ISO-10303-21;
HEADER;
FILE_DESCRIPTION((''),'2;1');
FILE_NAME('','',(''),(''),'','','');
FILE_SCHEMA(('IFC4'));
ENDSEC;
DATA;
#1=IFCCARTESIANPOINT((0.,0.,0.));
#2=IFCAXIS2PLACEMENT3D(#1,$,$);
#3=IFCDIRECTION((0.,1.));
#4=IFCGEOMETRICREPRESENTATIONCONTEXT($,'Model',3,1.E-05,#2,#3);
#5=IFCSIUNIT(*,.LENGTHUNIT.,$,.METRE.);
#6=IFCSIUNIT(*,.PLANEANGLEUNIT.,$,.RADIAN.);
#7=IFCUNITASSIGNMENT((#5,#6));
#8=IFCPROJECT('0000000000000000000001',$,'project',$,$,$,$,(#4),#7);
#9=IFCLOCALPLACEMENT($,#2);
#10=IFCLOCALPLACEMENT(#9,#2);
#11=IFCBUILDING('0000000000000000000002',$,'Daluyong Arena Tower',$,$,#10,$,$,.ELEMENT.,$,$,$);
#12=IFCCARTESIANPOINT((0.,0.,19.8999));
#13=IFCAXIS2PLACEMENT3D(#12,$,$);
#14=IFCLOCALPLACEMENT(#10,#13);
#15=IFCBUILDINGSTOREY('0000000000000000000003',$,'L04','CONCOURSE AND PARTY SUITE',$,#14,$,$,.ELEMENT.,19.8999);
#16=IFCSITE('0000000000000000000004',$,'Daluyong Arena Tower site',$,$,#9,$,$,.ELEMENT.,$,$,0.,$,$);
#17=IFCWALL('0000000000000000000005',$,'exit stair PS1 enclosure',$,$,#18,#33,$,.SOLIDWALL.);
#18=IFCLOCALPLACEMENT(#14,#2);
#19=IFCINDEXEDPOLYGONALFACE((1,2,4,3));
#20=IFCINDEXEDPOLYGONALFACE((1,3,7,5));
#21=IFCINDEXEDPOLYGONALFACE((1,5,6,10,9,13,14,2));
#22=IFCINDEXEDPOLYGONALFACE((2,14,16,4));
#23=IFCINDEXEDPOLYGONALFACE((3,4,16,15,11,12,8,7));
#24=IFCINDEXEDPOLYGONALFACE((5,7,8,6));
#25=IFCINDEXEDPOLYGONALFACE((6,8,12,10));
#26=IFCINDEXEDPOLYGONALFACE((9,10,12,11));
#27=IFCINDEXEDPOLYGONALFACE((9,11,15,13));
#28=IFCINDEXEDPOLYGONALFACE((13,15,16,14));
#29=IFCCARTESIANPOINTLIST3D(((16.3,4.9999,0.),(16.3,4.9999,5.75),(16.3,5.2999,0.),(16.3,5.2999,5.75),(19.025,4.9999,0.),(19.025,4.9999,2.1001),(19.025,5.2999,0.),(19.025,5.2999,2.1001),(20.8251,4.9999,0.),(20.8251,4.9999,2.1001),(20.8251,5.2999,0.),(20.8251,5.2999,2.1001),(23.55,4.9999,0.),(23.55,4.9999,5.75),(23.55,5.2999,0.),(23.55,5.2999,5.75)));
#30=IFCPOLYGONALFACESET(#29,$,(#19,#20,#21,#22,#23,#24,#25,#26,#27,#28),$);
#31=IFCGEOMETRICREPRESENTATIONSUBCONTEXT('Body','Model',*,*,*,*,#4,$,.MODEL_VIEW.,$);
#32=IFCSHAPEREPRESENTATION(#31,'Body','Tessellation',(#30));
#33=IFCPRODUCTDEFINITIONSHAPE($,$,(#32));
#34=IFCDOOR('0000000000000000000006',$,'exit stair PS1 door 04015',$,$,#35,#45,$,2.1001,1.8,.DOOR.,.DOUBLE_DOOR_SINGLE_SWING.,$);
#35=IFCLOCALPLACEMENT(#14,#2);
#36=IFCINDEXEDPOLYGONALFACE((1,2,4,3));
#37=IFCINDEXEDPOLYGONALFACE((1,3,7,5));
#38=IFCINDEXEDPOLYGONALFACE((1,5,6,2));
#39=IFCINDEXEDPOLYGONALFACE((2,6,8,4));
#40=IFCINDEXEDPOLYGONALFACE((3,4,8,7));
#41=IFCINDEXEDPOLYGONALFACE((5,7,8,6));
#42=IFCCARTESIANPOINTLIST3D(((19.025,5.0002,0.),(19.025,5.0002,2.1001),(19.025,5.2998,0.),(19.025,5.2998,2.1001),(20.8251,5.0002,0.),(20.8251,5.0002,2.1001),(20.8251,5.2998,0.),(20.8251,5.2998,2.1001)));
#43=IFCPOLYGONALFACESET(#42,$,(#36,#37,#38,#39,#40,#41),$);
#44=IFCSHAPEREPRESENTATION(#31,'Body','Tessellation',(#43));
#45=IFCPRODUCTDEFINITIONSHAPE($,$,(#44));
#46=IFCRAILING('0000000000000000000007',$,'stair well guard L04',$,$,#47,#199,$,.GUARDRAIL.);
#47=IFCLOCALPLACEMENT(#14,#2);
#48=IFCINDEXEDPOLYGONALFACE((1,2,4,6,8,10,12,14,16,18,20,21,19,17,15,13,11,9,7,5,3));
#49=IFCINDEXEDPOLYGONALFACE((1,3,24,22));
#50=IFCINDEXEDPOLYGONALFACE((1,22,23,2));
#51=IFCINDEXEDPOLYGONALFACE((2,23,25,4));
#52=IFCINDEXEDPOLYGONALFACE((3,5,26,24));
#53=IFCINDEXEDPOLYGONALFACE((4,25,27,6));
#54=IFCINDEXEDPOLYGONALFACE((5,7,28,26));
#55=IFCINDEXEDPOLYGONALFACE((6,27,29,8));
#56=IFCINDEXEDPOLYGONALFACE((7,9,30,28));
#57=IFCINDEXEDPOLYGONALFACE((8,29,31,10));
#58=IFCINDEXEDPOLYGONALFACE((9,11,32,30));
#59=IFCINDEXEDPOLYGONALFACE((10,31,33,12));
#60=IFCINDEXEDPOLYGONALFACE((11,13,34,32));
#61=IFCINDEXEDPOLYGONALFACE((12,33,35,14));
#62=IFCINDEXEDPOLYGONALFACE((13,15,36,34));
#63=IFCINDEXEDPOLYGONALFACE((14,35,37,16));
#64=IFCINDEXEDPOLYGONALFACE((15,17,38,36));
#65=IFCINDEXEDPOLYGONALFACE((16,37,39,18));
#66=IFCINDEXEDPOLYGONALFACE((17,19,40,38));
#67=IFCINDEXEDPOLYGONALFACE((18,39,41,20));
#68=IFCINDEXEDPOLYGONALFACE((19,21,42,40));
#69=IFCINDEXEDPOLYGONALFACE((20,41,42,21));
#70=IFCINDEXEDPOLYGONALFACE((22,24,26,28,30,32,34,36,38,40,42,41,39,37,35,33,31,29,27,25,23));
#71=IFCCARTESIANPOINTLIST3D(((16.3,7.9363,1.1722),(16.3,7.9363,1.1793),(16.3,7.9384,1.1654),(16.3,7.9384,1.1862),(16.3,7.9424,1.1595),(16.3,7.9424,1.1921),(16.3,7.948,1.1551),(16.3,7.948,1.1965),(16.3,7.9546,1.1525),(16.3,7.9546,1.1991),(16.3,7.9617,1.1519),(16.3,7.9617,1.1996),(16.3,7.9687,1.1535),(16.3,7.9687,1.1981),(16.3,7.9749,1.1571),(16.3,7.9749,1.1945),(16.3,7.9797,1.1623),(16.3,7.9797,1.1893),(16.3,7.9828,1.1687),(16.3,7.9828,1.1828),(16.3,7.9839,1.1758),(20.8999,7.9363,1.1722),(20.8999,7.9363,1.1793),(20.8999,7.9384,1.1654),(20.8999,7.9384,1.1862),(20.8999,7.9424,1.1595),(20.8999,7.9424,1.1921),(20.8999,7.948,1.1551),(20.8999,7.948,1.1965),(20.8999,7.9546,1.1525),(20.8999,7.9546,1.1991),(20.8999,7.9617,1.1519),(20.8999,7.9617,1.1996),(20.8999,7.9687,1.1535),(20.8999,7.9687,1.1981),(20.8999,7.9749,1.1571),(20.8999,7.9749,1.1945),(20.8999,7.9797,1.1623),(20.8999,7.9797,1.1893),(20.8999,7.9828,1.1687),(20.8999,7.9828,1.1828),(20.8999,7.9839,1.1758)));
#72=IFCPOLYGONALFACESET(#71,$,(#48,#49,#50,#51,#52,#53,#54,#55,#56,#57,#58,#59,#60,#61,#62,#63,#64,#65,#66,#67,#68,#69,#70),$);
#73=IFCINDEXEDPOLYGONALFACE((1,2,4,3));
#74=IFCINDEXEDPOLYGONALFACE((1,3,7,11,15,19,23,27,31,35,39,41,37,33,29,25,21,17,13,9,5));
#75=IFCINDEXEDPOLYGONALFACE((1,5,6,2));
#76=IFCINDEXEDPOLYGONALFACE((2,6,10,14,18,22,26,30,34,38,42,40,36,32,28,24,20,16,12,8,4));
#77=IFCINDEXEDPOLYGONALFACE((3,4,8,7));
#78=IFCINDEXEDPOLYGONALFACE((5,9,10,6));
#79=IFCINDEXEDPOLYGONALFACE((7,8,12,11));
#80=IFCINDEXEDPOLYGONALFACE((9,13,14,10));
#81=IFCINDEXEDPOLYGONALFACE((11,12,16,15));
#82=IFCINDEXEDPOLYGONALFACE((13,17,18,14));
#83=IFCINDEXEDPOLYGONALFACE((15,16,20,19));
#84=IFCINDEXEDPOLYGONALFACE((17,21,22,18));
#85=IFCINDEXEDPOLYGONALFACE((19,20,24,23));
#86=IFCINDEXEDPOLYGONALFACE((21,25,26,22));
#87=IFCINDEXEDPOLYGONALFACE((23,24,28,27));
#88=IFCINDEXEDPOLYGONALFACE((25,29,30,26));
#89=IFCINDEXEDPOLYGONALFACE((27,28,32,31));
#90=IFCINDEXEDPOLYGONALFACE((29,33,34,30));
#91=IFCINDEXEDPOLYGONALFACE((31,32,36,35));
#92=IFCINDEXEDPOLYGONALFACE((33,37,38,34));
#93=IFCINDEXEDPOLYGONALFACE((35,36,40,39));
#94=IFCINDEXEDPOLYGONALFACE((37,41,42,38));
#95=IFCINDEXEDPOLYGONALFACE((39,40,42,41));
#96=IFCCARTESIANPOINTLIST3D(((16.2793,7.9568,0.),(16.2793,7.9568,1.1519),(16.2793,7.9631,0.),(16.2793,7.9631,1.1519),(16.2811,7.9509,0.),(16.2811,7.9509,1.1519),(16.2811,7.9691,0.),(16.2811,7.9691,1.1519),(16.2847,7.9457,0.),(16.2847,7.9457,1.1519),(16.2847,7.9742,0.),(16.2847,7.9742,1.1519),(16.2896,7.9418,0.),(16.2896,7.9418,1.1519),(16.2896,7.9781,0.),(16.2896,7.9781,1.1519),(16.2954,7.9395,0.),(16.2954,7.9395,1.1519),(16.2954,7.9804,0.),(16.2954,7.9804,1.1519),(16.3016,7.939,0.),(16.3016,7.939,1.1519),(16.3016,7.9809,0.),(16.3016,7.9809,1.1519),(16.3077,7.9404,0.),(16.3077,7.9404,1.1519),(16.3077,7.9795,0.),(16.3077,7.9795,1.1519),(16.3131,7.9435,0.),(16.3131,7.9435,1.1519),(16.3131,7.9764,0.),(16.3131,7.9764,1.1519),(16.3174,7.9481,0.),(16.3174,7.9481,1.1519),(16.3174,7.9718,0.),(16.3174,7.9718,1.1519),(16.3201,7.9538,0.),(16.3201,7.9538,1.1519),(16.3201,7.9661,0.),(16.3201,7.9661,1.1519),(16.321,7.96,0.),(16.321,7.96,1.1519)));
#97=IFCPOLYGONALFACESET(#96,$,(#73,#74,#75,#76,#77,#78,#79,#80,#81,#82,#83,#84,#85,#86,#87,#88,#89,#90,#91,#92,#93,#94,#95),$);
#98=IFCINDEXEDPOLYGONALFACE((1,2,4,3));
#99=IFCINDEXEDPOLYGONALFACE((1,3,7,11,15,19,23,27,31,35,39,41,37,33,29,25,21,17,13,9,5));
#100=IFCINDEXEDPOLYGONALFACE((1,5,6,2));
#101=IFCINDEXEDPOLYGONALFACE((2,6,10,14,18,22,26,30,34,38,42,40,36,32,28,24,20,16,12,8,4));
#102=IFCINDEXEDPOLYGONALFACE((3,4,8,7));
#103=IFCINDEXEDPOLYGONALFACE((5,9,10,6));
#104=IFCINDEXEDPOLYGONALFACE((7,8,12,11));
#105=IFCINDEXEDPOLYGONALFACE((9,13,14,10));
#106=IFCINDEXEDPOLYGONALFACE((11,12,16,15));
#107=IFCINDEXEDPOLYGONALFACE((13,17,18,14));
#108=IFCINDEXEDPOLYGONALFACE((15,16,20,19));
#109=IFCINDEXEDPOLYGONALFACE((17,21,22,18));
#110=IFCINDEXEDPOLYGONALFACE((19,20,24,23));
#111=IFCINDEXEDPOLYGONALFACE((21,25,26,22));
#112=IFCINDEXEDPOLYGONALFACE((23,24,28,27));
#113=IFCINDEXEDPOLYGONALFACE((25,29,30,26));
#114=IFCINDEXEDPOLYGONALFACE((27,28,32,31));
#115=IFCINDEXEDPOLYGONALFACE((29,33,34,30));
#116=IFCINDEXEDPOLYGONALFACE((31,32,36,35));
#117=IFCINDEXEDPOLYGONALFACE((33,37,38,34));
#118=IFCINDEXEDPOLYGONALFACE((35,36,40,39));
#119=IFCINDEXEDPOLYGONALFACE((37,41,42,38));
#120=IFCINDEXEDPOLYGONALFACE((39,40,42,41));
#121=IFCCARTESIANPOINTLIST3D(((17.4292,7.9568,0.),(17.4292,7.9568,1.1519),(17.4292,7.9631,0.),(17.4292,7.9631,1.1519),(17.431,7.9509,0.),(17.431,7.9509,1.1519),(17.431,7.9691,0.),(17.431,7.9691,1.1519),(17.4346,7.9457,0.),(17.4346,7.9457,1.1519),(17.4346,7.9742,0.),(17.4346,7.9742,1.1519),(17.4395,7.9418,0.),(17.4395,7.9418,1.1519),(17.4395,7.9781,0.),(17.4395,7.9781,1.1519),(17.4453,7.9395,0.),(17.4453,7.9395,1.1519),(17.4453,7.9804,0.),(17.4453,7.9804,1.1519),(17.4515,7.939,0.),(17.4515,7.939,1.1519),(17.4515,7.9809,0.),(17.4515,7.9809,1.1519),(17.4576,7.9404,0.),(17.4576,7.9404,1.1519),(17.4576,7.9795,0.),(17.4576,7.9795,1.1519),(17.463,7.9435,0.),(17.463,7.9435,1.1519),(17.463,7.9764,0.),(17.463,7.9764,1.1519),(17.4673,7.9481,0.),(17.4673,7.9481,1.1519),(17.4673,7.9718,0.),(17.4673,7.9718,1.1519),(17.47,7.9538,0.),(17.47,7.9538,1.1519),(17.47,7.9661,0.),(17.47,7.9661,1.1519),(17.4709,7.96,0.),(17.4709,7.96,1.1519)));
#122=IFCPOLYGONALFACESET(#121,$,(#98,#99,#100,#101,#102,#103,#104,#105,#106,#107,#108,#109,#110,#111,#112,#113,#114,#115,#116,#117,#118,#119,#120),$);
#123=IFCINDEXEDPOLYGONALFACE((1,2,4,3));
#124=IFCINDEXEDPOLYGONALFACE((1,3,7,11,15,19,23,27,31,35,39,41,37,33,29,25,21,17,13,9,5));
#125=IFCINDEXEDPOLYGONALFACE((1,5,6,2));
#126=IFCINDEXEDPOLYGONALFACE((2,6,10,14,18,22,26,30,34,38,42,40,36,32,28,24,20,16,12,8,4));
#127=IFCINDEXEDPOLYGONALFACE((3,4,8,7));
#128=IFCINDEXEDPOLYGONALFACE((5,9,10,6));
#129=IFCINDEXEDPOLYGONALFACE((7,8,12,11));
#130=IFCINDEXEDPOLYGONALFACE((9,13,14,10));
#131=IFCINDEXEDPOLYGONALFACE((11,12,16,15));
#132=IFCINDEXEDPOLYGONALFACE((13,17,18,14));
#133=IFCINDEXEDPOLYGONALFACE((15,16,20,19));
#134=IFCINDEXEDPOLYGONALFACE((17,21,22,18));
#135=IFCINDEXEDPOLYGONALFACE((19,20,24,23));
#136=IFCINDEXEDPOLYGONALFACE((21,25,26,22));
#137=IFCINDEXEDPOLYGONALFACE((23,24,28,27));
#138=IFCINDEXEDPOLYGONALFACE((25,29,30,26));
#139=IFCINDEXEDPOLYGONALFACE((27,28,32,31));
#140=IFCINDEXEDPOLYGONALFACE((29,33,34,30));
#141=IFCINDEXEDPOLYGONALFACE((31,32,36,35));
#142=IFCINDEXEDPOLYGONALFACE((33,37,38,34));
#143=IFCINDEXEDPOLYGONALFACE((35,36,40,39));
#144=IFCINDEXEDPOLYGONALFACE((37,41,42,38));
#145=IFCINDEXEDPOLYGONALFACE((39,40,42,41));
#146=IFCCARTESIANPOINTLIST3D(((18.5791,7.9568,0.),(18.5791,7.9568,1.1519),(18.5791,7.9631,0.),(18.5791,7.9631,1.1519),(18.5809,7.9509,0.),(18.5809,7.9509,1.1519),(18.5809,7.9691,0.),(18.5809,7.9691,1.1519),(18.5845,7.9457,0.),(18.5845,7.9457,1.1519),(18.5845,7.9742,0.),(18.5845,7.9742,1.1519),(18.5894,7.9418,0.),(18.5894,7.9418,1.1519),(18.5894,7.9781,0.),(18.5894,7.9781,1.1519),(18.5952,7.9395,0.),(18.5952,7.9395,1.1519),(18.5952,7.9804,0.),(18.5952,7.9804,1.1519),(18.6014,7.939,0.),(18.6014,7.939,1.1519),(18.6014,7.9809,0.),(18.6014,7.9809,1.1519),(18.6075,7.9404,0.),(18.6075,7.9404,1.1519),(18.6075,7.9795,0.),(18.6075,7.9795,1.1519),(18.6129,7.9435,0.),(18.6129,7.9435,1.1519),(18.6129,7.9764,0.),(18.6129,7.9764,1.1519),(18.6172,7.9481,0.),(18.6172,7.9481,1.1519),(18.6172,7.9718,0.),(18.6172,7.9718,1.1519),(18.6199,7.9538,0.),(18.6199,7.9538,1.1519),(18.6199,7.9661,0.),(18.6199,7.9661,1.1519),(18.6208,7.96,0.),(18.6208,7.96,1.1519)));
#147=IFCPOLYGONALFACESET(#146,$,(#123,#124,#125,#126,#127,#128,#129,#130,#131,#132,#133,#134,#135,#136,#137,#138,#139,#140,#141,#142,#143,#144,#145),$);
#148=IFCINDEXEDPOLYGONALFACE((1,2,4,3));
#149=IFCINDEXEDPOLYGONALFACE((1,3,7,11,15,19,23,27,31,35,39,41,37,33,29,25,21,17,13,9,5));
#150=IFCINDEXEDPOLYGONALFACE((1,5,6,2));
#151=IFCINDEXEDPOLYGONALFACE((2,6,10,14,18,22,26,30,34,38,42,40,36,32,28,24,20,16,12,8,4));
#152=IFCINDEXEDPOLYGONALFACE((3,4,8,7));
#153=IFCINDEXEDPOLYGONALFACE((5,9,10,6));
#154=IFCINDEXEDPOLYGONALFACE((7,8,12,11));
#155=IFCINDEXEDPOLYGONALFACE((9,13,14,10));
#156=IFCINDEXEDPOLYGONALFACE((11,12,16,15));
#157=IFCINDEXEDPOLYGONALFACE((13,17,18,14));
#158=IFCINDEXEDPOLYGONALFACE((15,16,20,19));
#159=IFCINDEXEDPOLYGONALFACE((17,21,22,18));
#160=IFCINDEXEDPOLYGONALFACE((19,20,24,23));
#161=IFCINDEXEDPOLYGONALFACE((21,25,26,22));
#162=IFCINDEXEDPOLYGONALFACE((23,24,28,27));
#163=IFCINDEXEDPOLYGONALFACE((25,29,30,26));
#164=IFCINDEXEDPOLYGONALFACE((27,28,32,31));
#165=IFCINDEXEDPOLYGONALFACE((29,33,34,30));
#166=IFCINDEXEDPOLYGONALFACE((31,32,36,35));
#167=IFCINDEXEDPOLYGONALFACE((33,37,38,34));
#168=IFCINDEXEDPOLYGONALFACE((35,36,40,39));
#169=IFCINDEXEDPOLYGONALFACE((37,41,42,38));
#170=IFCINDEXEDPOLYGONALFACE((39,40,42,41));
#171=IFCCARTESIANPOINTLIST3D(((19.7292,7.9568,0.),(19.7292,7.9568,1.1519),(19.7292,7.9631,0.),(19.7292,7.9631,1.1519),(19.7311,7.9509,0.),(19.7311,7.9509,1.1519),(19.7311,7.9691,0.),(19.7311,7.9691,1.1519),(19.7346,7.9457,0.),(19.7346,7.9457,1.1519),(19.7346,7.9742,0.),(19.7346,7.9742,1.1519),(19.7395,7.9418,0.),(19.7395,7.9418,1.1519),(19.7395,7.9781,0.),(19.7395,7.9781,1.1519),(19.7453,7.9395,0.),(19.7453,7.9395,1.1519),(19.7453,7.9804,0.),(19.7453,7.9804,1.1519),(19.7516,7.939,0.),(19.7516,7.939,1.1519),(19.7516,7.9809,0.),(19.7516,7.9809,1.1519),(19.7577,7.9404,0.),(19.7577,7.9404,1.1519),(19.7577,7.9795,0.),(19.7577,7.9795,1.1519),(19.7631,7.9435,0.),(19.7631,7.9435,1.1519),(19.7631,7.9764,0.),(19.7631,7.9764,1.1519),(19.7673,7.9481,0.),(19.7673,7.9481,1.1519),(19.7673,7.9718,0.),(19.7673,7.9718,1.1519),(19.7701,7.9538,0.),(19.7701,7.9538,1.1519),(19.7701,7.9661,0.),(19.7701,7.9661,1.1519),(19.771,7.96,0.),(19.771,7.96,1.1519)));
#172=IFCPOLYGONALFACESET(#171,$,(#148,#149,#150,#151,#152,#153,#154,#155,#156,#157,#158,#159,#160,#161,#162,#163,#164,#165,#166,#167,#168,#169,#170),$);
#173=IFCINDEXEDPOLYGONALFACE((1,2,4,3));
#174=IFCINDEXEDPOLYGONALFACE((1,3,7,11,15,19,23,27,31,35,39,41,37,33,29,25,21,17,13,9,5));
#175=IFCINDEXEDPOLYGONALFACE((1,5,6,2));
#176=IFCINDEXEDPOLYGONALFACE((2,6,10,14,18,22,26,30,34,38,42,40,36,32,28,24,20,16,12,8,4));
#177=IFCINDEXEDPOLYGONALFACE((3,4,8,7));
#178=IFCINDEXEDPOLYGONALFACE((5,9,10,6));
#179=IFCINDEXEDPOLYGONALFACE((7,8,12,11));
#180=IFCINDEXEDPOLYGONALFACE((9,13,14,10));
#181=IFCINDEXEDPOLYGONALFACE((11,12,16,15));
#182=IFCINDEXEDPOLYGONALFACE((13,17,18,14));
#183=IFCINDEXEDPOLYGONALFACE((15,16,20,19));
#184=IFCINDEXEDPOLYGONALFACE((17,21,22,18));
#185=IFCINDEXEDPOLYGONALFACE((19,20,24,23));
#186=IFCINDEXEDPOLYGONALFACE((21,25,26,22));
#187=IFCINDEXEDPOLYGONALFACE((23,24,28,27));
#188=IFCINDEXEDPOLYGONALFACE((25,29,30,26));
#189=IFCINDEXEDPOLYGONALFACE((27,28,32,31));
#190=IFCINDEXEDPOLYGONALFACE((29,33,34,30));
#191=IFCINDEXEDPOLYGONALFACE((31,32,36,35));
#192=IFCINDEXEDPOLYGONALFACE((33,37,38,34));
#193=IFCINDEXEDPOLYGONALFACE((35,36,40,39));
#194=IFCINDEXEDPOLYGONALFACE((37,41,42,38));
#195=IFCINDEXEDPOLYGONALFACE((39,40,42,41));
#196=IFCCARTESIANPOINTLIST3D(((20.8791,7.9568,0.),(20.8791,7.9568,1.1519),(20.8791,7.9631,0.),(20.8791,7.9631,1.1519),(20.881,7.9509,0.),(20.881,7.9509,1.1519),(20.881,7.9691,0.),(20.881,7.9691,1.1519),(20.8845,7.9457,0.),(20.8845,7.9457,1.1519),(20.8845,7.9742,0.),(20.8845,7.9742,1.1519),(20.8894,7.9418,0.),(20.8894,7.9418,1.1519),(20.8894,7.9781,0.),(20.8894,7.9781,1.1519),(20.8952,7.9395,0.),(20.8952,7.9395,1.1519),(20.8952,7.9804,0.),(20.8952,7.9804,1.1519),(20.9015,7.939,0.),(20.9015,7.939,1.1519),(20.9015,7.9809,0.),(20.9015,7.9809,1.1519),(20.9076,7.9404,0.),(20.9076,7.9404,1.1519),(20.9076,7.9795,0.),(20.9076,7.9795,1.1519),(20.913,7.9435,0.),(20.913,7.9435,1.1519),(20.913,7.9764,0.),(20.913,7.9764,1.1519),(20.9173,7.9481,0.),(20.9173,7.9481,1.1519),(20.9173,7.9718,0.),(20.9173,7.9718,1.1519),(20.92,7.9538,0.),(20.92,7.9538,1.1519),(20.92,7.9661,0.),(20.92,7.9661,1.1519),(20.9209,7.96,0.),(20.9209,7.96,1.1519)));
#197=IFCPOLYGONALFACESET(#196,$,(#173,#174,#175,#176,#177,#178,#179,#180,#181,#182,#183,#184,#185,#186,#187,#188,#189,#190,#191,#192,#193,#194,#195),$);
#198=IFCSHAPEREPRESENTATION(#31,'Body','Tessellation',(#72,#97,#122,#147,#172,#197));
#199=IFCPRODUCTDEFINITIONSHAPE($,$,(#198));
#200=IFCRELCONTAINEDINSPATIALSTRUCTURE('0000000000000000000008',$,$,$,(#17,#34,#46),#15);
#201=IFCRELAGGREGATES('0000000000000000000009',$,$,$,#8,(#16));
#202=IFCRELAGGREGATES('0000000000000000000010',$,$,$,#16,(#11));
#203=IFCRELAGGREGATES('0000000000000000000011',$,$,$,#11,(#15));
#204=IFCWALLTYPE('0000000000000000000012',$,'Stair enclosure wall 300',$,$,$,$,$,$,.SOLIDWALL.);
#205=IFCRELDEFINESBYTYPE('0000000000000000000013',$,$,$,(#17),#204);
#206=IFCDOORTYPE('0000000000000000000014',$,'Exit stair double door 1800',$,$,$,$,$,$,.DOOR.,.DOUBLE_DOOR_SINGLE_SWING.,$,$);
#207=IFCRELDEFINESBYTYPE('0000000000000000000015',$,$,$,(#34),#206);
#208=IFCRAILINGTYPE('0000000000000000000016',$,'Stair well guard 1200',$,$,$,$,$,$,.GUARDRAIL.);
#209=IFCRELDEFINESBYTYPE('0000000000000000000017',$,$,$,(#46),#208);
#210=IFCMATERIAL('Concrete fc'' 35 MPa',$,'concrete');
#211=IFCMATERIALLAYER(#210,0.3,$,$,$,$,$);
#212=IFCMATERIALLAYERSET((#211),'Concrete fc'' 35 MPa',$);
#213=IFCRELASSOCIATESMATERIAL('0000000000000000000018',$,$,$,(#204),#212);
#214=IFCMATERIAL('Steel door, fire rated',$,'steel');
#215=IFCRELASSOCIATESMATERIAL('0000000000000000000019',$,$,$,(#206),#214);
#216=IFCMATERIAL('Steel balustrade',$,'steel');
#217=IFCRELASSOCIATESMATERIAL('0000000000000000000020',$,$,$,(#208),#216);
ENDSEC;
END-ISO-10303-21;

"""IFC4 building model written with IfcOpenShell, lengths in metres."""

from ifc_helpers import new_model, si_unit, direction, frame, frame_2d, origin, origin_2d, place, context, subcontext, project, spatial, rectangle, circle, extrude, material, layer, layer_set, type_object, element, fill, save


model = new_model("IFC4")

# Units and contexts
model_context = context("Model", 3, precision=1e-05, world=origin(), true_north=direction((0.0, 1.0)))
body_context = subcontext(model_context, "Body", "Model", "MODEL_VIEW")
ifc_project = project(units=[si_unit("LENGTHUNIT", "METRE"), si_unit("PLANEANGLEUNIT", "RADIAN")], contexts=[model_context])

# Site, building, storey
site_placement = place(None, origin())
site = spatial("IfcSite", under=ifc_project, at=site_placement, Name="Daluyong Arena Tower site", CompositionType="ELEMENT", RefElevation=0.0)
building_placement = place(site_placement, origin())
building = spatial("IfcBuilding", under=site, at=building_placement, Name="Daluyong Arena Tower", CompositionType="ELEMENT")
storey_placement = place(building_placement, frame((0.0, 0.0, 19.8999)))
storey = spatial("IfcBuildingStorey", under=building, at=storey_placement, Name="L04", Description="CONCOURSE AND PARTY SUITE", CompositionType="ELEMENT", Elevation=19.8999)

# Shared definitions
ifc_material_1 = material(Name="Concrete fc' 35 MPa", Category="concrete")
ifc_layer_1 = layer(ifc_material_1, 0.3)
ifc_layer_set_1 = layer_set([ifc_layer_1], Name="Concrete fc' 35 MPa")
wall_type_1 = type_object("IfcWallType", Name="Stair enclosure wall 300", PredefinedType="SOLIDWALL", material=ifc_layer_set_1)

# Wall, opening, door
wall_1_placement = place(storey_placement, frame((16.3, 5.1499, 0.0), z_axis=(0.0, 0.0, 1.0), x_axis=(1.0, 0.0, 0.0)))
wall_1 = element("IfcWall", 1, at=wall_1_placement, inside=storey, type_object=wall_type_1, Name="exit stair PS1 enclosure", PredefinedType="SOLIDWALL", context=body_context, shape_type="SweptSolid", body=[
    extrude(rectangle(XDim=7.25, YDim=0.3, at=frame_2d((3.625, 0.0))), origin(), (0.0, 0.0, 1.0), 5.75),
])
opening_1_placement = place(wall_1_placement, frame((2.7251, 0.0, 0.0)))
opening_1 = element("IfcOpeningElement", 2, at=opening_1_placement, cuts=wall_1, PredefinedType="OPENING", context=body_context, shape_type="SweptSolid", body=[
    extrude(rectangle(XDim=1.8, YDim=2.1001, at=frame_2d((0.8999, 1.05))), frame((0.0, 0.1599, 0.0), z_axis=(0.0, -1.0, 0.0), x_axis=(1.0, 0.0, 0.0)), (0.0, 0.0, 1.0), 0.3201),
])
ifc_material_2 = material(Name="Steel door, fire rated", Category="steel")
door_type_1 = type_object("IfcDoorType", Name="Exit stair double door 1800", OperationType="DOUBLE_DOOR_SINGLE_SWING", PredefinedType="DOOR", material=ifc_material_2)
door_1_placement = place(opening_1_placement, origin())
door_1 = element("IfcDoor", 3, at=door_1_placement, inside=storey, type_object=door_type_1, Name="exit stair PS1 door 04015", OperationType="DOUBLE_DOOR_SINGLE_SWING", OverallHeight=2.1001, OverallWidth=1.8, PredefinedType="DOOR", context=body_context, shape_type="SweptSolid", body=[
    extrude(rectangle(XDim=1.8, YDim=2.1001, at=frame_2d((0.8999, 1.05))), frame((0.0, 0.1499, 0.0), z_axis=(0.0, -1.0, 0.0), x_axis=(1.0, 0.0, 0.0)), (0.0, 0.0, 1.0), 0.2996),
])
fill(opening_1, door_1)

# Railing
ifc_material_3 = material(Name="Steel balustrade", Category="steel")
railing_type = type_object("IfcRailingType", Name="Stair well guard 1200", PredefinedType="GUARDRAIL", material=ifc_material_3)
railing_placement = place(storey_placement, frame((16.3, 7.96, 0.0)))
element("IfcRailing", 4, at=railing_placement, inside=storey, type_object=railing_type, Name="stair well guard L04", PredefinedType="GUARDRAIL", context=body_context, shape_type="SweptSolid", body=[
    extrude(circle(Radius=0.0239, at=origin_2d()), frame((0.0, 0.0, 1.1758), z_axis=(1.0, 0.0, 0.0), x_axis=(0.0, 1.0, 0.0)), (0.0, 0.0, 1.0), 4.5999),
    extrude(circle(Radius=0.021, at=origin_2d()), origin(), (0.0, 0.0, 1.0), 1.1519),
    extrude(circle(Radius=0.021, at=origin_2d()), frame((1.1499, 0.0, 0.0)), (0.0, 0.0, 1.0), 1.1519),
    extrude(circle(Radius=0.021, at=origin_2d()), frame((2.2998, 0.0, 0.0)), (0.0, 0.0, 1.0), 1.1519),
    extrude(circle(Radius=0.021, at=origin_2d()), frame((3.45, 0.0, 0.0)), (0.0, 0.0, 1.0), 1.1519),
    extrude(circle(Radius=0.021, at=origin_2d()), frame((4.5999, 0.0, 0.0)), (0.0, 0.0, 1.0), 1.1519),
])

save(model, "model.ifc")
